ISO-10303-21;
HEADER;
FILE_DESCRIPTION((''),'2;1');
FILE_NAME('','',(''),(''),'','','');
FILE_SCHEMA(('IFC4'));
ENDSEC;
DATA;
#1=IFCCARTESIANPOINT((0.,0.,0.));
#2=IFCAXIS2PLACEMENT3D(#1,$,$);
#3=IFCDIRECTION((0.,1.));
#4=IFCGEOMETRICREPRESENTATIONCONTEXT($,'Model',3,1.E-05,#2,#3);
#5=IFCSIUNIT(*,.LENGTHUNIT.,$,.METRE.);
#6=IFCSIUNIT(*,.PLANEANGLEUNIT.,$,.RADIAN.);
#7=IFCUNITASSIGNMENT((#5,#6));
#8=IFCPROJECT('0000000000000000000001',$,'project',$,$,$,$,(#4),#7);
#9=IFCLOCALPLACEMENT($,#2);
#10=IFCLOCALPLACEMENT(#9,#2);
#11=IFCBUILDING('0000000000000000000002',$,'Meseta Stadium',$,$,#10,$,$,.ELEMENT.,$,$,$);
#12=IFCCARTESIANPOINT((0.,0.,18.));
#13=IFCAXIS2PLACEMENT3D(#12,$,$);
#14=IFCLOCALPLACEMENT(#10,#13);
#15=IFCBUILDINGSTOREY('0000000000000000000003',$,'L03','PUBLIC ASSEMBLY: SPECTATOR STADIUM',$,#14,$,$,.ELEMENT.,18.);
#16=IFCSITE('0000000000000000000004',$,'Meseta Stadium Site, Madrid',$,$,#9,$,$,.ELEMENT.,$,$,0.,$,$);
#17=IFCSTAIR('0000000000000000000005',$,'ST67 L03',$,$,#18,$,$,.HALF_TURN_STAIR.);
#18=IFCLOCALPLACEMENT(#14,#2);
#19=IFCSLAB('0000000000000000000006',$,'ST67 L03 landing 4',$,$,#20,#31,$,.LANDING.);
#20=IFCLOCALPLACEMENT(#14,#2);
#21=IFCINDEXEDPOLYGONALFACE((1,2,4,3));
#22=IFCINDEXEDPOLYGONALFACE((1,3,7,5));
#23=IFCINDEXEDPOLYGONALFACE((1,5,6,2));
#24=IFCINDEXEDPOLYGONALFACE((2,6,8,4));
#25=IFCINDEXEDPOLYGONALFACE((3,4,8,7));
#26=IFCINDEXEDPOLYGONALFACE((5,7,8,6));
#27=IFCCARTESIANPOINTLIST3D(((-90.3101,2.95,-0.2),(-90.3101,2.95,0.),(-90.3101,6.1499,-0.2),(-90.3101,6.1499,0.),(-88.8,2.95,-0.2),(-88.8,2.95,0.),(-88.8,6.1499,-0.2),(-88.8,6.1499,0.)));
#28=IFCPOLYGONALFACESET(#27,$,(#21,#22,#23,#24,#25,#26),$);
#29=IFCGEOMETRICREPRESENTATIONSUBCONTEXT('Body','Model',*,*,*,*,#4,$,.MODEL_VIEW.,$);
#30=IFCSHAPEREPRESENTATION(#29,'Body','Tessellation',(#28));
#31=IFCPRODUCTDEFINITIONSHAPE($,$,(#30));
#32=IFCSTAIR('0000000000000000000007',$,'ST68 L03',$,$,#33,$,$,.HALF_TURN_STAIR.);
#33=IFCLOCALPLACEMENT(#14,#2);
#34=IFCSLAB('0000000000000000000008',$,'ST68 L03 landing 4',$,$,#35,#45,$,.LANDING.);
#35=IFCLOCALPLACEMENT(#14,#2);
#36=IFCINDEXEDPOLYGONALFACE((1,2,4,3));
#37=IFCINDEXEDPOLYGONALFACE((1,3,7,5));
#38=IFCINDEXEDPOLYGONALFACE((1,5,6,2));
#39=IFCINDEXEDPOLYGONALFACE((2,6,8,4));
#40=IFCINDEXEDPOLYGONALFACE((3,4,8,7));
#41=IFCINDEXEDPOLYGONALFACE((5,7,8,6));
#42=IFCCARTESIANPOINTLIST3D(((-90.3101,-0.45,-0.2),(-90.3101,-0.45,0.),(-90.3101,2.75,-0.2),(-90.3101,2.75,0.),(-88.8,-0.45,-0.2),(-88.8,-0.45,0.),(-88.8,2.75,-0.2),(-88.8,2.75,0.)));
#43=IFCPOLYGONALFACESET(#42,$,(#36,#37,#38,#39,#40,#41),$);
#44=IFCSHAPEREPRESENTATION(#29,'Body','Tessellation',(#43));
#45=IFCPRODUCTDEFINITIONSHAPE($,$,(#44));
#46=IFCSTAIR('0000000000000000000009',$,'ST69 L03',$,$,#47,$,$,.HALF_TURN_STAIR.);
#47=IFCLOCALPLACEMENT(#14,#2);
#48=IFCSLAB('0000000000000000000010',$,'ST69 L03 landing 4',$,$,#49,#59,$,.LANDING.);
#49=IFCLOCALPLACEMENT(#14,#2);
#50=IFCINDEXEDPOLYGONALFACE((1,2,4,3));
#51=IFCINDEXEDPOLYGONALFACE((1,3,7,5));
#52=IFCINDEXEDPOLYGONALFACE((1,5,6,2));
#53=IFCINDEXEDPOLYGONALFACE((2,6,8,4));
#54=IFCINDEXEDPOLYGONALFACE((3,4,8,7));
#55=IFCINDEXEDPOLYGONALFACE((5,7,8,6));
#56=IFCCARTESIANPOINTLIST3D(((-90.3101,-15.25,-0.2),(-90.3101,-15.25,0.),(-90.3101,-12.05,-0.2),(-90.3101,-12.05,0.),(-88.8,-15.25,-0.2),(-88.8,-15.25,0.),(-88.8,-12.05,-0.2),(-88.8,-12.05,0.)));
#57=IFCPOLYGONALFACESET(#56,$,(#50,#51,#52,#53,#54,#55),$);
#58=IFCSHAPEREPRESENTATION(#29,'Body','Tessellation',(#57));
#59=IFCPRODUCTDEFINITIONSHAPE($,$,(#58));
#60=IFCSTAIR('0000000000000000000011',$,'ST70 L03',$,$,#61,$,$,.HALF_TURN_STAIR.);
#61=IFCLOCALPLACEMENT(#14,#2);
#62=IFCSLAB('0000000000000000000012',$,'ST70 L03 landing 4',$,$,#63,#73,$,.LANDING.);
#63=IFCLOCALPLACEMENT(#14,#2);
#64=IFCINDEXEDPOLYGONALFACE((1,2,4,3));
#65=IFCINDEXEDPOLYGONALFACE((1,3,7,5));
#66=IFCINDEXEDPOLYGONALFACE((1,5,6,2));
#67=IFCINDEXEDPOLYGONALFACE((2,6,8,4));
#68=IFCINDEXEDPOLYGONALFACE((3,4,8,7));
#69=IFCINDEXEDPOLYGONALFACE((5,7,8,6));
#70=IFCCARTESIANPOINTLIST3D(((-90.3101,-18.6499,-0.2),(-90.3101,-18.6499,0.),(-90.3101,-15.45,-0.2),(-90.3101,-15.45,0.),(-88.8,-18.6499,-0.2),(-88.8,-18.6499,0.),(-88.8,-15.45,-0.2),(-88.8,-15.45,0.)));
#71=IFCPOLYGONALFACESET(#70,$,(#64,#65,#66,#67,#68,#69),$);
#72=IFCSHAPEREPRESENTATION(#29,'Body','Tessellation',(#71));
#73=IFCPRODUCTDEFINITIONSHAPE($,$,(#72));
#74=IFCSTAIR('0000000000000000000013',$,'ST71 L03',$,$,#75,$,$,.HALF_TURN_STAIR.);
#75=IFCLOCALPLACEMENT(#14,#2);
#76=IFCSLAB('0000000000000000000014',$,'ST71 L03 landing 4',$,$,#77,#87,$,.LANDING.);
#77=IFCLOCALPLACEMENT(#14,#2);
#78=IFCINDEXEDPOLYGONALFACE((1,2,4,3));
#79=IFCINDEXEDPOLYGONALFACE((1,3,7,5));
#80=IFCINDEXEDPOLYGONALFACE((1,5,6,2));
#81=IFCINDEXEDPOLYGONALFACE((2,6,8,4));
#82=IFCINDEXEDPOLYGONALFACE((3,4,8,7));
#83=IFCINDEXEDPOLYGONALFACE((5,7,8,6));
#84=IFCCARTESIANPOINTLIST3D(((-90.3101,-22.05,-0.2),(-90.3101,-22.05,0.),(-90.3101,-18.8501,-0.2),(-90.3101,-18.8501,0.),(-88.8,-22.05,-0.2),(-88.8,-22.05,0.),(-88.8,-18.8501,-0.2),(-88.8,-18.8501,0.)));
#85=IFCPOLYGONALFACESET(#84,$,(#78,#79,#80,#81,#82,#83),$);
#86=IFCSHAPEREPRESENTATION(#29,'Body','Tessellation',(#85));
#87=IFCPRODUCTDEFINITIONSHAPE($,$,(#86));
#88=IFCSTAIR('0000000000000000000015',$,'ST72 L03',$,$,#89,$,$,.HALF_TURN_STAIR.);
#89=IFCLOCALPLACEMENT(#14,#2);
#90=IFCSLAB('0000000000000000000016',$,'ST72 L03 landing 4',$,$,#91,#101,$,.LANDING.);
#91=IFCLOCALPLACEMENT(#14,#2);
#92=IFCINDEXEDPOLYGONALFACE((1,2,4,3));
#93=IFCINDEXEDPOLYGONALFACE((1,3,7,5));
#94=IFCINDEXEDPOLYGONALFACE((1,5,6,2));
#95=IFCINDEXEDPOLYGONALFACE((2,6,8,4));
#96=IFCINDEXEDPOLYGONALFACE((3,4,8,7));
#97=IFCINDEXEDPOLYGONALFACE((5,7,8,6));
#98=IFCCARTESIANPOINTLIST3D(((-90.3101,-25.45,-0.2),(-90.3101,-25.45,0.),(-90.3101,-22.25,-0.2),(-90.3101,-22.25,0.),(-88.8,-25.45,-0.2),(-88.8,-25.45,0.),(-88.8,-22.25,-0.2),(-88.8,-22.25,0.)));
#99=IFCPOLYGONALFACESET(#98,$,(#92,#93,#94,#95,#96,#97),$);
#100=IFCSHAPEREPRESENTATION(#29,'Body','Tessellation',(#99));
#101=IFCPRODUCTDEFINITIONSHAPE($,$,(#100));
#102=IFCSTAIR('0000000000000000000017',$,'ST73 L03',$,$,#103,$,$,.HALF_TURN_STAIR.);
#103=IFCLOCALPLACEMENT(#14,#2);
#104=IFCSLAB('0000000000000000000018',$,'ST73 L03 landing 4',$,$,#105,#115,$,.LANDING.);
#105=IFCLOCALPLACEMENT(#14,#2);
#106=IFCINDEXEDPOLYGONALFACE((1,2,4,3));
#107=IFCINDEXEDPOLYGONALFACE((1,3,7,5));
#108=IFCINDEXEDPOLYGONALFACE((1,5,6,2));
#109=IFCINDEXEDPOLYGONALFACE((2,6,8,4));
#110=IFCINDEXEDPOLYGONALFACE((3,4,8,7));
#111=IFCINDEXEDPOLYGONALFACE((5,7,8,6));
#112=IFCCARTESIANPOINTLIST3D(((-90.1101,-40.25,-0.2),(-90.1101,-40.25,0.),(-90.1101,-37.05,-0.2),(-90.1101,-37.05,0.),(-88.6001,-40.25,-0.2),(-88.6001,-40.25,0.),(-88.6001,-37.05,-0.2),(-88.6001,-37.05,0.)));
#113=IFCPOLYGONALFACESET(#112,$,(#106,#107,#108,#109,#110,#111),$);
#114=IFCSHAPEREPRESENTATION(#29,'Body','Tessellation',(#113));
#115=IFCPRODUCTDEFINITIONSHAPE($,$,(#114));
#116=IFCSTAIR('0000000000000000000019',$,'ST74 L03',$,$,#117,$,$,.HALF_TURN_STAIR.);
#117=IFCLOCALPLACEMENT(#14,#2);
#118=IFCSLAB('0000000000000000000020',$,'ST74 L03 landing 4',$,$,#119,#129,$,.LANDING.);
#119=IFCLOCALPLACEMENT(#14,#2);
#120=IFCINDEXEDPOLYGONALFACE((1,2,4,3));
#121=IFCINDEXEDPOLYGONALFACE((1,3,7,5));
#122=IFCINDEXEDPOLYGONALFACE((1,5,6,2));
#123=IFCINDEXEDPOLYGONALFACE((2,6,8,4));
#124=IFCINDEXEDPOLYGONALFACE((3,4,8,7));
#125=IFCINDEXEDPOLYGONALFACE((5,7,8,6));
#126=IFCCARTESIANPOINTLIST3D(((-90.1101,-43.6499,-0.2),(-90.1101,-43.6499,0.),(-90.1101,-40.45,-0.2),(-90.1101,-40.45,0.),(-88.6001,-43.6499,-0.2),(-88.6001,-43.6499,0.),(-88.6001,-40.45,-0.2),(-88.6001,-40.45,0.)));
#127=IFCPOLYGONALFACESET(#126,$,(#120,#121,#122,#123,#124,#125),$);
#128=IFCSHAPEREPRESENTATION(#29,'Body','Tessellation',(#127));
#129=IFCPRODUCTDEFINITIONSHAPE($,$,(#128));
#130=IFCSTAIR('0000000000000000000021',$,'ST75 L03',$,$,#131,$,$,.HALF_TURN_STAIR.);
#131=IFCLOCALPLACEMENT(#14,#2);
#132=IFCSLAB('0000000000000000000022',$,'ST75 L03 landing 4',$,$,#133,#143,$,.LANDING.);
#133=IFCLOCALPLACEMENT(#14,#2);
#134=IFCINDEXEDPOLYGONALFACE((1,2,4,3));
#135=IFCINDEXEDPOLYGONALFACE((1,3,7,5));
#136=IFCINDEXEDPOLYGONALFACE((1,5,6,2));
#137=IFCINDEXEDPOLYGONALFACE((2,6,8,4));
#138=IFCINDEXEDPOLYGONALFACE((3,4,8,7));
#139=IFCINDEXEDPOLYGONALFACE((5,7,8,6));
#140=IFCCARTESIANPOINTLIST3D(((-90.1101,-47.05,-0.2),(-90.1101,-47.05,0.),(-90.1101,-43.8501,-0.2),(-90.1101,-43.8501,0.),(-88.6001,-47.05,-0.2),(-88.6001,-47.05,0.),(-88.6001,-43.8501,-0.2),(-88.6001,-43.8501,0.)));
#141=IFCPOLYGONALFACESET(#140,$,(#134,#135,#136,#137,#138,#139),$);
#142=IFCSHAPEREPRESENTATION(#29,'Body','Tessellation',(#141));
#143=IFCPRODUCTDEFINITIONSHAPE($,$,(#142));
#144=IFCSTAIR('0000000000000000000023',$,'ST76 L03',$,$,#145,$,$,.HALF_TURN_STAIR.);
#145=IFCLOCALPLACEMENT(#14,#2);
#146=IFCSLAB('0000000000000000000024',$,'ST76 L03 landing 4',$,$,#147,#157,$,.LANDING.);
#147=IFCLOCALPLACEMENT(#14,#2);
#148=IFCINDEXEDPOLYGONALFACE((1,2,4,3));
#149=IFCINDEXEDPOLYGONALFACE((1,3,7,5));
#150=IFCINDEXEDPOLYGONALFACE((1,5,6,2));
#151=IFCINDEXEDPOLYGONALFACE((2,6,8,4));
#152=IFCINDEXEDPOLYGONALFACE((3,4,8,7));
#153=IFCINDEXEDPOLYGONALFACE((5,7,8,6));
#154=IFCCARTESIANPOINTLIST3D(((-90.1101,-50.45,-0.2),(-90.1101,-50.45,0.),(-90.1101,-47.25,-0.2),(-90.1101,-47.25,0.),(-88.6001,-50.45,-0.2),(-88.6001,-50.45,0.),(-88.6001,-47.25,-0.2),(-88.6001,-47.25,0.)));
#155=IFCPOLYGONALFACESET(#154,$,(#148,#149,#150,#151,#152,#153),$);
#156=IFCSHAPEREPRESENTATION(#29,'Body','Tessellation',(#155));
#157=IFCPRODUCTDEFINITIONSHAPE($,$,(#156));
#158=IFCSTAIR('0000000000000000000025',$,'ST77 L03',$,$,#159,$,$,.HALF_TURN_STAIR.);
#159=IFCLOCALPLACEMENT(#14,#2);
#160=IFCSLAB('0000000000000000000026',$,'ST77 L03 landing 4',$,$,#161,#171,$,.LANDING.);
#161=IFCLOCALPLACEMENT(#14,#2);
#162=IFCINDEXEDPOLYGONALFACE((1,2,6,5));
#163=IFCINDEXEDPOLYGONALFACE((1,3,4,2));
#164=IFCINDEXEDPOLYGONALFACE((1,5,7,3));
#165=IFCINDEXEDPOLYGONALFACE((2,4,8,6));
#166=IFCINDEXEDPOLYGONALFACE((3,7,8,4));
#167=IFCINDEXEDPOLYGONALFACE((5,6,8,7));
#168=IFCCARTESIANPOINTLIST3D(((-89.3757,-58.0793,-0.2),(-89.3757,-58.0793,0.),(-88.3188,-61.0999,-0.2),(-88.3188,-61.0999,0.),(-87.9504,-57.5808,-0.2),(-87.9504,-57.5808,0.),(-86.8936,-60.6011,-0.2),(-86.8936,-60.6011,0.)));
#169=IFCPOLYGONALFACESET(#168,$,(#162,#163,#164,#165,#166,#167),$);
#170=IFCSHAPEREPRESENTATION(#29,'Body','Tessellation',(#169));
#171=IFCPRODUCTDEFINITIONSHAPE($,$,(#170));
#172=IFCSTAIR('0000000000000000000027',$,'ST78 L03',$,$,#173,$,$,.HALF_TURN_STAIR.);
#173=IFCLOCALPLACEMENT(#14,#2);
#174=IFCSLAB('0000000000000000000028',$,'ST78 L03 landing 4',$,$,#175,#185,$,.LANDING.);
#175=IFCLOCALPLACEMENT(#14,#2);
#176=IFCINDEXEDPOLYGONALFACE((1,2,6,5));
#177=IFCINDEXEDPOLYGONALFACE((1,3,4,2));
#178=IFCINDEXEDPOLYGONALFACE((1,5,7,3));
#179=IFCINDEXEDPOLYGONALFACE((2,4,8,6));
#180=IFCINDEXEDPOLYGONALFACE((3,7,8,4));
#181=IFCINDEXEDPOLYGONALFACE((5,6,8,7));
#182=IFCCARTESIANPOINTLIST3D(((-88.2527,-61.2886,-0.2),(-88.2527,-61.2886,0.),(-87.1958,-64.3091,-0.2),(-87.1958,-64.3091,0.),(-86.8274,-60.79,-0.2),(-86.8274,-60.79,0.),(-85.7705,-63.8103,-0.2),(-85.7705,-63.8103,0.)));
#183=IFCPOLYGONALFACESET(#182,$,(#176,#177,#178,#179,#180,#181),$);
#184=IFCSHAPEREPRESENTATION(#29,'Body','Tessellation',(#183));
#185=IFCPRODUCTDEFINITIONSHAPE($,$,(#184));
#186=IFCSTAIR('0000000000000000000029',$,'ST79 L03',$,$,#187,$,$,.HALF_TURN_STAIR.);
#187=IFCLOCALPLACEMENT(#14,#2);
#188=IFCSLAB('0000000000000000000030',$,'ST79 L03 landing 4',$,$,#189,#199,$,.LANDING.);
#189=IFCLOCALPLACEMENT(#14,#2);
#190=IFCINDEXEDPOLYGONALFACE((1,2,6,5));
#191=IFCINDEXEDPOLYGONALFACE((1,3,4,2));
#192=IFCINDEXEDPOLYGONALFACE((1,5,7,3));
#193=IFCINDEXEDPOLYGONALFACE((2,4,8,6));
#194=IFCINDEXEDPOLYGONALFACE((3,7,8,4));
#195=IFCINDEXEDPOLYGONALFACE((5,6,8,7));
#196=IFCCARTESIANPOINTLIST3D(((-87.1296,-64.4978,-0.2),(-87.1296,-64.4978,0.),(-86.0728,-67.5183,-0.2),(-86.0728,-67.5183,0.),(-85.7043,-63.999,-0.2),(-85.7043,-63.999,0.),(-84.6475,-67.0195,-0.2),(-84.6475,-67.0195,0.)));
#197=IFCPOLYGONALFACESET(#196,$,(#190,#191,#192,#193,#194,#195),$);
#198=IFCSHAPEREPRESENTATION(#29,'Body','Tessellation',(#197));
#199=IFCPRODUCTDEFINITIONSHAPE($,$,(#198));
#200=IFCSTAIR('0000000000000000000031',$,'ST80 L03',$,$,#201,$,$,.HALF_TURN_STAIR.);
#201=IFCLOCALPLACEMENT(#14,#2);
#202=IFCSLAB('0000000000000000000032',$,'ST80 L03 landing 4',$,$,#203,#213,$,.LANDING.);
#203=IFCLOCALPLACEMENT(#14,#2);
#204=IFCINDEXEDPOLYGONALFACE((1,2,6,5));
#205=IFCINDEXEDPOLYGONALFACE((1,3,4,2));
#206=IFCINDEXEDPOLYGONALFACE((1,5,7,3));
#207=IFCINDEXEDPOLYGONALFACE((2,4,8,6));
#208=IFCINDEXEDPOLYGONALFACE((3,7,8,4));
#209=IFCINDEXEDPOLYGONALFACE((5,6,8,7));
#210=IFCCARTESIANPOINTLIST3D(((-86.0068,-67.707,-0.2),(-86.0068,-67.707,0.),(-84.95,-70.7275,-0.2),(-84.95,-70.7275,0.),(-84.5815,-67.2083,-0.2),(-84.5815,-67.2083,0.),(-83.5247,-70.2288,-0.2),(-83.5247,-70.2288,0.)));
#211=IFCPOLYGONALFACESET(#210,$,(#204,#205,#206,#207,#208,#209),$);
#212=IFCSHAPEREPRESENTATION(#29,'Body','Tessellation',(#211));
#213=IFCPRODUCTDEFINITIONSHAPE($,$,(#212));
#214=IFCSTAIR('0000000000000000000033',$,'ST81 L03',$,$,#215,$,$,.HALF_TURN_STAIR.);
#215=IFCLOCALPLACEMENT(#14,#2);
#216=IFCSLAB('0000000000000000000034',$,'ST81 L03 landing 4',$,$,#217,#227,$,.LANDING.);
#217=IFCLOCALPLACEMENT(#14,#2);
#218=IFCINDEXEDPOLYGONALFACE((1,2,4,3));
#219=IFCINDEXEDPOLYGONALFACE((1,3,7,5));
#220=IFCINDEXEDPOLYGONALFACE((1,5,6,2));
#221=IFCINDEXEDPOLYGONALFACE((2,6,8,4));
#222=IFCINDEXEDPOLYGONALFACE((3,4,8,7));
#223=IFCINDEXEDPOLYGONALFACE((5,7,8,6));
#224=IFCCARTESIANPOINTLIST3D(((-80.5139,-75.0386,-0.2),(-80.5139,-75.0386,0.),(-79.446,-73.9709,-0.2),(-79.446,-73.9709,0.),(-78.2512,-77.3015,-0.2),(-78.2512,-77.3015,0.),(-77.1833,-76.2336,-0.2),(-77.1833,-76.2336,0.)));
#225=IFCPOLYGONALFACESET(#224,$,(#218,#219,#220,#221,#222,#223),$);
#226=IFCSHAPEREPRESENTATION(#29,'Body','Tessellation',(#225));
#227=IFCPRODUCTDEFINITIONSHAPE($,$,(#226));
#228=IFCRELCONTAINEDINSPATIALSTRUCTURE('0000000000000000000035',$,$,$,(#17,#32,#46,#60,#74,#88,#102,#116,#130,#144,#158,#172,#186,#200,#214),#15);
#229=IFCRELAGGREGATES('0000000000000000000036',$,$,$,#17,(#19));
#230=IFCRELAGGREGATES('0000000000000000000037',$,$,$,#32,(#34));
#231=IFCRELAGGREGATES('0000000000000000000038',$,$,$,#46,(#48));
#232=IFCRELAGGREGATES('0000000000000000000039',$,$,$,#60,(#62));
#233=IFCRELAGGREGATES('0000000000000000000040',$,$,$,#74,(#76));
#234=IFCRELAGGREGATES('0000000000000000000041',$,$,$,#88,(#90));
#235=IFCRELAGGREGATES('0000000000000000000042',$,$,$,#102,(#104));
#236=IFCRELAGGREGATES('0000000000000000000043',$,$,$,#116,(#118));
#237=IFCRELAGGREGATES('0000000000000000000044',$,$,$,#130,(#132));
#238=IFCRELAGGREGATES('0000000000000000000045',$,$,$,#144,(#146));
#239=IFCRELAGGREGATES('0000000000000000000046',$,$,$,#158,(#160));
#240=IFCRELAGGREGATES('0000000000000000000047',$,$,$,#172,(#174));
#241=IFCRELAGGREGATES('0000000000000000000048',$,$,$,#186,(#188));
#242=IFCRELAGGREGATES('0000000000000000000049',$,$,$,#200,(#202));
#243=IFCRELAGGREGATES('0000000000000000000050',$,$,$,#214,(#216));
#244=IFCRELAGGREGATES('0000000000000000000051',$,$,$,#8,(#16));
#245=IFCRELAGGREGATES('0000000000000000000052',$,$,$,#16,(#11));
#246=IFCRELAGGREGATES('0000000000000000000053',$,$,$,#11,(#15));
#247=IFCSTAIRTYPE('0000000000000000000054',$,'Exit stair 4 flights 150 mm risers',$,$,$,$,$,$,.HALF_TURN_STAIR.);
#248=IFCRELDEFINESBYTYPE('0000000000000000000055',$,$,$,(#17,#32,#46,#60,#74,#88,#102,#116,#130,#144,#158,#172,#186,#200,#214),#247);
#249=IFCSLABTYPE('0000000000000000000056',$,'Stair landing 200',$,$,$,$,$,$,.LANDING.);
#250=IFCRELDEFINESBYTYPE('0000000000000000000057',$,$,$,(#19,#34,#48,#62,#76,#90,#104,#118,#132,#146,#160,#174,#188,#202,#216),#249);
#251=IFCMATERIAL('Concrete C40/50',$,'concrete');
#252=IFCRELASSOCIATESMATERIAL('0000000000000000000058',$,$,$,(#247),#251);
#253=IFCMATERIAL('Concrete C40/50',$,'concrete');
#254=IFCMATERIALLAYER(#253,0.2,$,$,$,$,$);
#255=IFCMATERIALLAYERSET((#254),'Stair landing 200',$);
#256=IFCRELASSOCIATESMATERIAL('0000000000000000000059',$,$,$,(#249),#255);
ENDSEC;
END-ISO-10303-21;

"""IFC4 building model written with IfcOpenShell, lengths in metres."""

from ifc_helpers import new_model, si_unit, direction, frame, origin, place, context, subcontext, project, spatial, polyline, outline, extrude, material, layer, layer_set, type_object, element, aggregate, save


model = new_model("IFC4")

# Units and contexts
model_context = context("Model", 3, precision=1e-05, world=origin(), true_north=direction((0.0, 1.0)))
body_context = subcontext(model_context, "Body", "Model", "MODEL_VIEW")
ifc_project = project(units=[si_unit("LENGTHUNIT", "METRE"), si_unit("PLANEANGLEUNIT", "RADIAN")], contexts=[model_context])

# Site, building, storey
site_placement = place(None, origin())
site = spatial("IfcSite", under=ifc_project, at=site_placement, Name="Meseta Stadium Site, Madrid", CompositionType="ELEMENT", RefElevation=0.0)
building_placement = place(site_placement, origin())
building = spatial("IfcBuilding", under=site, at=building_placement, Name="Meseta Stadium", CompositionType="ELEMENT")
storey_placement = place(building_placement, frame((0.0, 0.0, 18.0)))
storey = spatial("IfcBuildingStorey", under=building, at=storey_placement, Name="L03", Description="PUBLIC ASSEMBLY: SPECTATOR STADIUM", CompositionType="ELEMENT", Elevation=18.0)

# Stairs, slabs
ifc_material_1 = material(Name="Concrete C40/50", Category="concrete")
stair_type = type_object("IfcStairType", Name="Exit stair 4 flights 150 mm risers", PredefinedType="HALF_TURN_STAIR", material=ifc_material_1)
stair_1_placement = place(storey_placement, origin())
stair_1 = element("IfcStair", 1, at=stair_1_placement, inside=storey, type_object=stair_type, Name="ST67 L03", PredefinedType="HALF_TURN_STAIR")
ifc_material_2 = material(Name="Concrete C40/50", Category="concrete")
ifc_layer = layer(ifc_material_2, 0.2)
ifc_layer_set = layer_set([ifc_layer], Name="Stair landing 200")
slab_type = type_object("IfcSlabType", Name="Stair landing 200", PredefinedType="LANDING", material=ifc_layer_set)
slab_1_placement = place(storey_placement, frame((0.0, 0.0, -0.2)))
slab_1 = element("IfcSlab", 2, at=slab_1_placement, type_object=slab_type, Name="ST67 L03 landing 4", PredefinedType="LANDING", context=body_context, shape_type="SweptSolid", body=[
    extrude(outline(polyline([(-88.8, 6.1499), (-90.3101, 6.1499), (-90.3101, 2.95), (-88.8, 2.95), (-88.8, 6.1499)])), origin(), (0.0, 0.0, 1.0), 0.2),
])
aggregate(stair_1, [slab_1])
stair_2_placement = place(storey_placement, origin())
stair_2 = element("IfcStair", 3, at=stair_2_placement, inside=storey, type_object=stair_type, Name="ST68 L03", PredefinedType="HALF_TURN_STAIR")
slab_2_placement = place(storey_placement, frame((0.0, 0.0, -0.2)))
slab_2 = element("IfcSlab", 4, at=slab_2_placement, type_object=slab_type, Name="ST68 L03 landing 4", PredefinedType="LANDING", context=body_context, shape_type="SweptSolid", body=[
    extrude(outline(polyline([(-88.8, 2.75), (-90.3101, 2.75), (-90.3101, -0.45), (-88.8, -0.45), (-88.8, 2.75)])), origin(), (0.0, 0.0, 1.0), 0.2),
])
aggregate(stair_2, [slab_2])
stair_3_placement = place(storey_placement, origin())
stair_3 = element("IfcStair", 5, at=stair_3_placement, inside=storey, type_object=stair_type, Name="ST69 L03", PredefinedType="HALF_TURN_STAIR")
slab_3_placement = place(storey_placement, frame((0.0, 0.0, -0.2)))
slab_3 = element("IfcSlab", 6, at=slab_3_placement, type_object=slab_type, Name="ST69 L03 landing 4", PredefinedType="LANDING", context=body_context, shape_type="SweptSolid", body=[
    extrude(outline(polyline([(-88.8, -12.05), (-90.3101, -12.05), (-90.3101, -15.25), (-88.8, -15.25), (-88.8, -12.05)])), origin(), (0.0, 0.0, 1.0), 0.2),
])
aggregate(stair_3, [slab_3])
stair_4_placement = place(storey_placement, origin())
stair_4 = element("IfcStair", 7, at=stair_4_placement, inside=storey, type_object=stair_type, Name="ST70 L03", PredefinedType="HALF_TURN_STAIR")
slab_4_placement = place(storey_placement, frame((0.0, 0.0, -0.2)))
slab_4 = element("IfcSlab", 8, at=slab_4_placement, type_object=slab_type, Name="ST70 L03 landing 4", PredefinedType="LANDING", context=body_context, shape_type="SweptSolid", body=[
    extrude(outline(polyline([(-88.8, -15.45), (-90.3101, -15.45), (-90.3101, -18.6499), (-88.8, -18.6499), (-88.8, -15.45)])), origin(), (0.0, 0.0, 1.0), 0.2),
])
aggregate(stair_4, [slab_4])
stair_5_placement = place(storey_placement, origin())
stair_5 = element("IfcStair", 9, at=stair_5_placement, inside=storey, type_object=stair_type, Name="ST71 L03", PredefinedType="HALF_TURN_STAIR")
slab_5_placement = place(storey_placement, frame((0.0, 0.0, -0.2)))
slab_5 = element("IfcSlab", 10, at=slab_5_placement, type_object=slab_type, Name="ST71 L03 landing 4", PredefinedType="LANDING", context=body_context, shape_type="SweptSolid", body=[
    extrude(outline(polyline([(-88.8, -18.8501), (-90.3101, -18.8501), (-90.3101, -22.05), (-88.8, -22.05), (-88.8, -18.8501)])), origin(), (0.0, 0.0, 1.0), 0.2),
])
aggregate(stair_5, [slab_5])
stair_6_placement = place(storey_placement, origin())
stair_6 = element("IfcStair", 11, at=stair_6_placement, inside=storey, type_object=stair_type, Name="ST72 L03", PredefinedType="HALF_TURN_STAIR")
slab_6_placement = place(storey_placement, frame((0.0, 0.0, -0.2)))
slab_6 = element("IfcSlab", 12, at=slab_6_placement, type_object=slab_type, Name="ST72 L03 landing 4", PredefinedType="LANDING", context=body_context, shape_type="SweptSolid", body=[
    extrude(outline(polyline([(-88.8, -22.25), (-90.3101, -22.25), (-90.3101, -25.45), (-88.8, -25.45), (-88.8, -22.25)])), origin(), (0.0, 0.0, 1.0), 0.2),
])
aggregate(stair_6, [slab_6])
stair_7_placement = place(storey_placement, origin())
stair_7 = element("IfcStair", 13, at=stair_7_placement, inside=storey, type_object=stair_type, Name="ST73 L03", PredefinedType="HALF_TURN_STAIR")
slab_7_placement = place(storey_placement, frame((0.0, 0.0, -0.2)))
slab_7 = element("IfcSlab", 14, at=slab_7_placement, type_object=slab_type, Name="ST73 L03 landing 4", PredefinedType="LANDING", context=body_context, shape_type="SweptSolid", body=[
    extrude(outline(polyline([(-88.6001, -37.05), (-90.1101, -37.05), (-90.1101, -40.25), (-88.6001, -40.25), (-88.6001, -37.05)])), origin(), (0.0, 0.0, 1.0), 0.2),
])
aggregate(stair_7, [slab_7])
stair_8_placement = place(storey_placement, origin())
stair_8 = element("IfcStair", 15, at=stair_8_placement, inside=storey, type_object=stair_type, Name="ST74 L03", PredefinedType="HALF_TURN_STAIR")
slab_8_placement = place(storey_placement, frame((0.0, 0.0, -0.2)))
slab_8 = element("IfcSlab", 16, at=slab_8_placement, type_object=slab_type, Name="ST74 L03 landing 4", PredefinedType="LANDING", context=body_context, shape_type="SweptSolid", body=[
    extrude(outline(polyline([(-88.6001, -40.45), (-90.1101, -40.45), (-90.1101, -43.6499), (-88.6001, -43.6499), (-88.6001, -40.45)])), origin(), (0.0, 0.0, 1.0), 0.2),
])
aggregate(stair_8, [slab_8])
stair_9_placement = place(storey_placement, origin())
stair_9 = element("IfcStair", 17, at=stair_9_placement, inside=storey, type_object=stair_type, Name="ST75 L03", PredefinedType="HALF_TURN_STAIR")
slab_9_placement = place(storey_placement, frame((0.0, 0.0, -0.2)))
slab_9 = element("IfcSlab", 18, at=slab_9_placement, type_object=slab_type, Name="ST75 L03 landing 4", PredefinedType="LANDING", context=body_context, shape_type="SweptSolid", body=[
    extrude(outline(polyline([(-88.6001, -43.8501), (-90.1101, -43.8501), (-90.1101, -47.05), (-88.6001, -47.05), (-88.6001, -43.8501)])), origin(), (0.0, 0.0, 1.0), 0.2),
])
aggregate(stair_9, [slab_9])
stair_10_placement = place(storey_placement, origin())
stair_10 = element("IfcStair", 19, at=stair_10_placement, inside=storey, type_object=stair_type, Name="ST76 L03", PredefinedType="HALF_TURN_STAIR")
slab_10_placement = place(storey_placement, frame((0.0, 0.0, -0.2)))
slab_10 = element("IfcSlab", 20, at=slab_10_placement, type_object=slab_type, Name="ST76 L03 landing 4", PredefinedType="LANDING", context=body_context, shape_type="SweptSolid", body=[
    extrude(outline(polyline([(-88.6001, -47.25), (-90.1101, -47.25), (-90.1101, -50.45), (-88.6001, -50.45), (-88.6001, -47.25)])), origin(), (0.0, 0.0, 1.0), 0.2),
])
aggregate(stair_10, [slab_10])
stair_11_placement = place(storey_placement, origin())
stair_11 = element("IfcStair", 21, at=stair_11_placement, inside=storey, type_object=stair_type, Name="ST77 L03", PredefinedType="HALF_TURN_STAIR")
slab_11_placement = place(storey_placement, frame((0.0, 0.0, -0.2)))
slab_11 = element("IfcSlab", 22, at=slab_11_placement, type_object=slab_type, Name="ST77 L03 landing 4", PredefinedType="LANDING", context=body_context, shape_type="SweptSolid", body=[
    extrude(outline(polyline([(-87.9504, -57.5808), (-89.3757, -58.0793), (-88.3188, -61.0999), (-86.8936, -60.6011), (-87.9504, -57.5808)])), origin(), (0.0, 0.0, 1.0), 0.2),
])
aggregate(stair_11, [slab_11])
stair_12_placement = place(storey_placement, origin())
stair_12 = element("IfcStair", 23, at=stair_12_placement, inside=storey, type_object=stair_type, Name="ST78 L03", PredefinedType="HALF_TURN_STAIR")
slab_12_placement = place(storey_placement, frame((0.0, 0.0, -0.2)))
slab_12 = element("IfcSlab", 24, at=slab_12_placement, type_object=slab_type, Name="ST78 L03 landing 4", PredefinedType="LANDING", context=body_context, shape_type="SweptSolid", body=[
    extrude(outline(polyline([(-86.8274, -60.79), (-88.2527, -61.2886), (-87.1958, -64.3091), (-85.7705, -63.8103), (-86.8274, -60.79)])), origin(), (0.0, 0.0, 1.0), 0.2),
])
aggregate(stair_12, [slab_12])
stair_13_placement = place(storey_placement, origin())
stair_13 = element("IfcStair", 25, at=stair_13_placement, inside=storey, type_object=stair_type, Name="ST79 L03", PredefinedType="HALF_TURN_STAIR")
slab_13_placement = place(storey_placement, frame((0.0, 0.0, -0.2)))
slab_13 = element("IfcSlab", 26, at=slab_13_placement, type_object=slab_type, Name="ST79 L03 landing 4", PredefinedType="LANDING", context=body_context, shape_type="SweptSolid", body=[
    extrude(outline(polyline([(-85.7043, -63.999), (-87.1296, -64.4978), (-86.0728, -67.5183), (-84.6475, -67.0195), (-85.7043, -63.999)])), origin(), (0.0, 0.0, 1.0), 0.2),
])
aggregate(stair_13, [slab_13])
stair_14_placement = place(storey_placement, origin())
stair_14 = element("IfcStair", 27, at=stair_14_placement, inside=storey, type_object=stair_type, Name="ST80 L03", PredefinedType="HALF_TURN_STAIR")
slab_14_placement = place(storey_placement, frame((0.0, 0.0, -0.2)))
slab_14 = element("IfcSlab", 28, at=slab_14_placement, type_object=slab_type, Name="ST80 L03 landing 4", PredefinedType="LANDING", context=body_context, shape_type="SweptSolid", body=[
    extrude(outline(polyline([(-84.5815, -67.2083), (-86.0068, -67.707), (-84.95, -70.7275), (-83.5247, -70.2288), (-84.5815, -67.2083)])), origin(), (0.0, 0.0, 1.0), 0.2),
])
aggregate(stair_14, [slab_14])
stair_15_placement = place(storey_placement, origin())
stair_15 = element("IfcStair", 29, at=stair_15_placement, inside=storey, type_object=stair_type, Name="ST81 L03", PredefinedType="HALF_TURN_STAIR")
slab_15_placement = place(storey_placement, frame((0.0, 0.0, -0.2)))
slab_15 = element("IfcSlab", 30, at=slab_15_placement, type_object=slab_type, Name="ST81 L03 landing 4", PredefinedType="LANDING", context=body_context, shape_type="SweptSolid", body=[
    extrude(outline(polyline([(-79.446, -73.9709), (-80.5139, -75.0386), (-78.2512, -77.3015), (-77.1833, -76.2336), (-79.446, -73.9709)])), origin(), (0.0, 0.0, 1.0), 0.2),
])
aggregate(stair_15, [slab_15])

save(model, "model.ifc")
